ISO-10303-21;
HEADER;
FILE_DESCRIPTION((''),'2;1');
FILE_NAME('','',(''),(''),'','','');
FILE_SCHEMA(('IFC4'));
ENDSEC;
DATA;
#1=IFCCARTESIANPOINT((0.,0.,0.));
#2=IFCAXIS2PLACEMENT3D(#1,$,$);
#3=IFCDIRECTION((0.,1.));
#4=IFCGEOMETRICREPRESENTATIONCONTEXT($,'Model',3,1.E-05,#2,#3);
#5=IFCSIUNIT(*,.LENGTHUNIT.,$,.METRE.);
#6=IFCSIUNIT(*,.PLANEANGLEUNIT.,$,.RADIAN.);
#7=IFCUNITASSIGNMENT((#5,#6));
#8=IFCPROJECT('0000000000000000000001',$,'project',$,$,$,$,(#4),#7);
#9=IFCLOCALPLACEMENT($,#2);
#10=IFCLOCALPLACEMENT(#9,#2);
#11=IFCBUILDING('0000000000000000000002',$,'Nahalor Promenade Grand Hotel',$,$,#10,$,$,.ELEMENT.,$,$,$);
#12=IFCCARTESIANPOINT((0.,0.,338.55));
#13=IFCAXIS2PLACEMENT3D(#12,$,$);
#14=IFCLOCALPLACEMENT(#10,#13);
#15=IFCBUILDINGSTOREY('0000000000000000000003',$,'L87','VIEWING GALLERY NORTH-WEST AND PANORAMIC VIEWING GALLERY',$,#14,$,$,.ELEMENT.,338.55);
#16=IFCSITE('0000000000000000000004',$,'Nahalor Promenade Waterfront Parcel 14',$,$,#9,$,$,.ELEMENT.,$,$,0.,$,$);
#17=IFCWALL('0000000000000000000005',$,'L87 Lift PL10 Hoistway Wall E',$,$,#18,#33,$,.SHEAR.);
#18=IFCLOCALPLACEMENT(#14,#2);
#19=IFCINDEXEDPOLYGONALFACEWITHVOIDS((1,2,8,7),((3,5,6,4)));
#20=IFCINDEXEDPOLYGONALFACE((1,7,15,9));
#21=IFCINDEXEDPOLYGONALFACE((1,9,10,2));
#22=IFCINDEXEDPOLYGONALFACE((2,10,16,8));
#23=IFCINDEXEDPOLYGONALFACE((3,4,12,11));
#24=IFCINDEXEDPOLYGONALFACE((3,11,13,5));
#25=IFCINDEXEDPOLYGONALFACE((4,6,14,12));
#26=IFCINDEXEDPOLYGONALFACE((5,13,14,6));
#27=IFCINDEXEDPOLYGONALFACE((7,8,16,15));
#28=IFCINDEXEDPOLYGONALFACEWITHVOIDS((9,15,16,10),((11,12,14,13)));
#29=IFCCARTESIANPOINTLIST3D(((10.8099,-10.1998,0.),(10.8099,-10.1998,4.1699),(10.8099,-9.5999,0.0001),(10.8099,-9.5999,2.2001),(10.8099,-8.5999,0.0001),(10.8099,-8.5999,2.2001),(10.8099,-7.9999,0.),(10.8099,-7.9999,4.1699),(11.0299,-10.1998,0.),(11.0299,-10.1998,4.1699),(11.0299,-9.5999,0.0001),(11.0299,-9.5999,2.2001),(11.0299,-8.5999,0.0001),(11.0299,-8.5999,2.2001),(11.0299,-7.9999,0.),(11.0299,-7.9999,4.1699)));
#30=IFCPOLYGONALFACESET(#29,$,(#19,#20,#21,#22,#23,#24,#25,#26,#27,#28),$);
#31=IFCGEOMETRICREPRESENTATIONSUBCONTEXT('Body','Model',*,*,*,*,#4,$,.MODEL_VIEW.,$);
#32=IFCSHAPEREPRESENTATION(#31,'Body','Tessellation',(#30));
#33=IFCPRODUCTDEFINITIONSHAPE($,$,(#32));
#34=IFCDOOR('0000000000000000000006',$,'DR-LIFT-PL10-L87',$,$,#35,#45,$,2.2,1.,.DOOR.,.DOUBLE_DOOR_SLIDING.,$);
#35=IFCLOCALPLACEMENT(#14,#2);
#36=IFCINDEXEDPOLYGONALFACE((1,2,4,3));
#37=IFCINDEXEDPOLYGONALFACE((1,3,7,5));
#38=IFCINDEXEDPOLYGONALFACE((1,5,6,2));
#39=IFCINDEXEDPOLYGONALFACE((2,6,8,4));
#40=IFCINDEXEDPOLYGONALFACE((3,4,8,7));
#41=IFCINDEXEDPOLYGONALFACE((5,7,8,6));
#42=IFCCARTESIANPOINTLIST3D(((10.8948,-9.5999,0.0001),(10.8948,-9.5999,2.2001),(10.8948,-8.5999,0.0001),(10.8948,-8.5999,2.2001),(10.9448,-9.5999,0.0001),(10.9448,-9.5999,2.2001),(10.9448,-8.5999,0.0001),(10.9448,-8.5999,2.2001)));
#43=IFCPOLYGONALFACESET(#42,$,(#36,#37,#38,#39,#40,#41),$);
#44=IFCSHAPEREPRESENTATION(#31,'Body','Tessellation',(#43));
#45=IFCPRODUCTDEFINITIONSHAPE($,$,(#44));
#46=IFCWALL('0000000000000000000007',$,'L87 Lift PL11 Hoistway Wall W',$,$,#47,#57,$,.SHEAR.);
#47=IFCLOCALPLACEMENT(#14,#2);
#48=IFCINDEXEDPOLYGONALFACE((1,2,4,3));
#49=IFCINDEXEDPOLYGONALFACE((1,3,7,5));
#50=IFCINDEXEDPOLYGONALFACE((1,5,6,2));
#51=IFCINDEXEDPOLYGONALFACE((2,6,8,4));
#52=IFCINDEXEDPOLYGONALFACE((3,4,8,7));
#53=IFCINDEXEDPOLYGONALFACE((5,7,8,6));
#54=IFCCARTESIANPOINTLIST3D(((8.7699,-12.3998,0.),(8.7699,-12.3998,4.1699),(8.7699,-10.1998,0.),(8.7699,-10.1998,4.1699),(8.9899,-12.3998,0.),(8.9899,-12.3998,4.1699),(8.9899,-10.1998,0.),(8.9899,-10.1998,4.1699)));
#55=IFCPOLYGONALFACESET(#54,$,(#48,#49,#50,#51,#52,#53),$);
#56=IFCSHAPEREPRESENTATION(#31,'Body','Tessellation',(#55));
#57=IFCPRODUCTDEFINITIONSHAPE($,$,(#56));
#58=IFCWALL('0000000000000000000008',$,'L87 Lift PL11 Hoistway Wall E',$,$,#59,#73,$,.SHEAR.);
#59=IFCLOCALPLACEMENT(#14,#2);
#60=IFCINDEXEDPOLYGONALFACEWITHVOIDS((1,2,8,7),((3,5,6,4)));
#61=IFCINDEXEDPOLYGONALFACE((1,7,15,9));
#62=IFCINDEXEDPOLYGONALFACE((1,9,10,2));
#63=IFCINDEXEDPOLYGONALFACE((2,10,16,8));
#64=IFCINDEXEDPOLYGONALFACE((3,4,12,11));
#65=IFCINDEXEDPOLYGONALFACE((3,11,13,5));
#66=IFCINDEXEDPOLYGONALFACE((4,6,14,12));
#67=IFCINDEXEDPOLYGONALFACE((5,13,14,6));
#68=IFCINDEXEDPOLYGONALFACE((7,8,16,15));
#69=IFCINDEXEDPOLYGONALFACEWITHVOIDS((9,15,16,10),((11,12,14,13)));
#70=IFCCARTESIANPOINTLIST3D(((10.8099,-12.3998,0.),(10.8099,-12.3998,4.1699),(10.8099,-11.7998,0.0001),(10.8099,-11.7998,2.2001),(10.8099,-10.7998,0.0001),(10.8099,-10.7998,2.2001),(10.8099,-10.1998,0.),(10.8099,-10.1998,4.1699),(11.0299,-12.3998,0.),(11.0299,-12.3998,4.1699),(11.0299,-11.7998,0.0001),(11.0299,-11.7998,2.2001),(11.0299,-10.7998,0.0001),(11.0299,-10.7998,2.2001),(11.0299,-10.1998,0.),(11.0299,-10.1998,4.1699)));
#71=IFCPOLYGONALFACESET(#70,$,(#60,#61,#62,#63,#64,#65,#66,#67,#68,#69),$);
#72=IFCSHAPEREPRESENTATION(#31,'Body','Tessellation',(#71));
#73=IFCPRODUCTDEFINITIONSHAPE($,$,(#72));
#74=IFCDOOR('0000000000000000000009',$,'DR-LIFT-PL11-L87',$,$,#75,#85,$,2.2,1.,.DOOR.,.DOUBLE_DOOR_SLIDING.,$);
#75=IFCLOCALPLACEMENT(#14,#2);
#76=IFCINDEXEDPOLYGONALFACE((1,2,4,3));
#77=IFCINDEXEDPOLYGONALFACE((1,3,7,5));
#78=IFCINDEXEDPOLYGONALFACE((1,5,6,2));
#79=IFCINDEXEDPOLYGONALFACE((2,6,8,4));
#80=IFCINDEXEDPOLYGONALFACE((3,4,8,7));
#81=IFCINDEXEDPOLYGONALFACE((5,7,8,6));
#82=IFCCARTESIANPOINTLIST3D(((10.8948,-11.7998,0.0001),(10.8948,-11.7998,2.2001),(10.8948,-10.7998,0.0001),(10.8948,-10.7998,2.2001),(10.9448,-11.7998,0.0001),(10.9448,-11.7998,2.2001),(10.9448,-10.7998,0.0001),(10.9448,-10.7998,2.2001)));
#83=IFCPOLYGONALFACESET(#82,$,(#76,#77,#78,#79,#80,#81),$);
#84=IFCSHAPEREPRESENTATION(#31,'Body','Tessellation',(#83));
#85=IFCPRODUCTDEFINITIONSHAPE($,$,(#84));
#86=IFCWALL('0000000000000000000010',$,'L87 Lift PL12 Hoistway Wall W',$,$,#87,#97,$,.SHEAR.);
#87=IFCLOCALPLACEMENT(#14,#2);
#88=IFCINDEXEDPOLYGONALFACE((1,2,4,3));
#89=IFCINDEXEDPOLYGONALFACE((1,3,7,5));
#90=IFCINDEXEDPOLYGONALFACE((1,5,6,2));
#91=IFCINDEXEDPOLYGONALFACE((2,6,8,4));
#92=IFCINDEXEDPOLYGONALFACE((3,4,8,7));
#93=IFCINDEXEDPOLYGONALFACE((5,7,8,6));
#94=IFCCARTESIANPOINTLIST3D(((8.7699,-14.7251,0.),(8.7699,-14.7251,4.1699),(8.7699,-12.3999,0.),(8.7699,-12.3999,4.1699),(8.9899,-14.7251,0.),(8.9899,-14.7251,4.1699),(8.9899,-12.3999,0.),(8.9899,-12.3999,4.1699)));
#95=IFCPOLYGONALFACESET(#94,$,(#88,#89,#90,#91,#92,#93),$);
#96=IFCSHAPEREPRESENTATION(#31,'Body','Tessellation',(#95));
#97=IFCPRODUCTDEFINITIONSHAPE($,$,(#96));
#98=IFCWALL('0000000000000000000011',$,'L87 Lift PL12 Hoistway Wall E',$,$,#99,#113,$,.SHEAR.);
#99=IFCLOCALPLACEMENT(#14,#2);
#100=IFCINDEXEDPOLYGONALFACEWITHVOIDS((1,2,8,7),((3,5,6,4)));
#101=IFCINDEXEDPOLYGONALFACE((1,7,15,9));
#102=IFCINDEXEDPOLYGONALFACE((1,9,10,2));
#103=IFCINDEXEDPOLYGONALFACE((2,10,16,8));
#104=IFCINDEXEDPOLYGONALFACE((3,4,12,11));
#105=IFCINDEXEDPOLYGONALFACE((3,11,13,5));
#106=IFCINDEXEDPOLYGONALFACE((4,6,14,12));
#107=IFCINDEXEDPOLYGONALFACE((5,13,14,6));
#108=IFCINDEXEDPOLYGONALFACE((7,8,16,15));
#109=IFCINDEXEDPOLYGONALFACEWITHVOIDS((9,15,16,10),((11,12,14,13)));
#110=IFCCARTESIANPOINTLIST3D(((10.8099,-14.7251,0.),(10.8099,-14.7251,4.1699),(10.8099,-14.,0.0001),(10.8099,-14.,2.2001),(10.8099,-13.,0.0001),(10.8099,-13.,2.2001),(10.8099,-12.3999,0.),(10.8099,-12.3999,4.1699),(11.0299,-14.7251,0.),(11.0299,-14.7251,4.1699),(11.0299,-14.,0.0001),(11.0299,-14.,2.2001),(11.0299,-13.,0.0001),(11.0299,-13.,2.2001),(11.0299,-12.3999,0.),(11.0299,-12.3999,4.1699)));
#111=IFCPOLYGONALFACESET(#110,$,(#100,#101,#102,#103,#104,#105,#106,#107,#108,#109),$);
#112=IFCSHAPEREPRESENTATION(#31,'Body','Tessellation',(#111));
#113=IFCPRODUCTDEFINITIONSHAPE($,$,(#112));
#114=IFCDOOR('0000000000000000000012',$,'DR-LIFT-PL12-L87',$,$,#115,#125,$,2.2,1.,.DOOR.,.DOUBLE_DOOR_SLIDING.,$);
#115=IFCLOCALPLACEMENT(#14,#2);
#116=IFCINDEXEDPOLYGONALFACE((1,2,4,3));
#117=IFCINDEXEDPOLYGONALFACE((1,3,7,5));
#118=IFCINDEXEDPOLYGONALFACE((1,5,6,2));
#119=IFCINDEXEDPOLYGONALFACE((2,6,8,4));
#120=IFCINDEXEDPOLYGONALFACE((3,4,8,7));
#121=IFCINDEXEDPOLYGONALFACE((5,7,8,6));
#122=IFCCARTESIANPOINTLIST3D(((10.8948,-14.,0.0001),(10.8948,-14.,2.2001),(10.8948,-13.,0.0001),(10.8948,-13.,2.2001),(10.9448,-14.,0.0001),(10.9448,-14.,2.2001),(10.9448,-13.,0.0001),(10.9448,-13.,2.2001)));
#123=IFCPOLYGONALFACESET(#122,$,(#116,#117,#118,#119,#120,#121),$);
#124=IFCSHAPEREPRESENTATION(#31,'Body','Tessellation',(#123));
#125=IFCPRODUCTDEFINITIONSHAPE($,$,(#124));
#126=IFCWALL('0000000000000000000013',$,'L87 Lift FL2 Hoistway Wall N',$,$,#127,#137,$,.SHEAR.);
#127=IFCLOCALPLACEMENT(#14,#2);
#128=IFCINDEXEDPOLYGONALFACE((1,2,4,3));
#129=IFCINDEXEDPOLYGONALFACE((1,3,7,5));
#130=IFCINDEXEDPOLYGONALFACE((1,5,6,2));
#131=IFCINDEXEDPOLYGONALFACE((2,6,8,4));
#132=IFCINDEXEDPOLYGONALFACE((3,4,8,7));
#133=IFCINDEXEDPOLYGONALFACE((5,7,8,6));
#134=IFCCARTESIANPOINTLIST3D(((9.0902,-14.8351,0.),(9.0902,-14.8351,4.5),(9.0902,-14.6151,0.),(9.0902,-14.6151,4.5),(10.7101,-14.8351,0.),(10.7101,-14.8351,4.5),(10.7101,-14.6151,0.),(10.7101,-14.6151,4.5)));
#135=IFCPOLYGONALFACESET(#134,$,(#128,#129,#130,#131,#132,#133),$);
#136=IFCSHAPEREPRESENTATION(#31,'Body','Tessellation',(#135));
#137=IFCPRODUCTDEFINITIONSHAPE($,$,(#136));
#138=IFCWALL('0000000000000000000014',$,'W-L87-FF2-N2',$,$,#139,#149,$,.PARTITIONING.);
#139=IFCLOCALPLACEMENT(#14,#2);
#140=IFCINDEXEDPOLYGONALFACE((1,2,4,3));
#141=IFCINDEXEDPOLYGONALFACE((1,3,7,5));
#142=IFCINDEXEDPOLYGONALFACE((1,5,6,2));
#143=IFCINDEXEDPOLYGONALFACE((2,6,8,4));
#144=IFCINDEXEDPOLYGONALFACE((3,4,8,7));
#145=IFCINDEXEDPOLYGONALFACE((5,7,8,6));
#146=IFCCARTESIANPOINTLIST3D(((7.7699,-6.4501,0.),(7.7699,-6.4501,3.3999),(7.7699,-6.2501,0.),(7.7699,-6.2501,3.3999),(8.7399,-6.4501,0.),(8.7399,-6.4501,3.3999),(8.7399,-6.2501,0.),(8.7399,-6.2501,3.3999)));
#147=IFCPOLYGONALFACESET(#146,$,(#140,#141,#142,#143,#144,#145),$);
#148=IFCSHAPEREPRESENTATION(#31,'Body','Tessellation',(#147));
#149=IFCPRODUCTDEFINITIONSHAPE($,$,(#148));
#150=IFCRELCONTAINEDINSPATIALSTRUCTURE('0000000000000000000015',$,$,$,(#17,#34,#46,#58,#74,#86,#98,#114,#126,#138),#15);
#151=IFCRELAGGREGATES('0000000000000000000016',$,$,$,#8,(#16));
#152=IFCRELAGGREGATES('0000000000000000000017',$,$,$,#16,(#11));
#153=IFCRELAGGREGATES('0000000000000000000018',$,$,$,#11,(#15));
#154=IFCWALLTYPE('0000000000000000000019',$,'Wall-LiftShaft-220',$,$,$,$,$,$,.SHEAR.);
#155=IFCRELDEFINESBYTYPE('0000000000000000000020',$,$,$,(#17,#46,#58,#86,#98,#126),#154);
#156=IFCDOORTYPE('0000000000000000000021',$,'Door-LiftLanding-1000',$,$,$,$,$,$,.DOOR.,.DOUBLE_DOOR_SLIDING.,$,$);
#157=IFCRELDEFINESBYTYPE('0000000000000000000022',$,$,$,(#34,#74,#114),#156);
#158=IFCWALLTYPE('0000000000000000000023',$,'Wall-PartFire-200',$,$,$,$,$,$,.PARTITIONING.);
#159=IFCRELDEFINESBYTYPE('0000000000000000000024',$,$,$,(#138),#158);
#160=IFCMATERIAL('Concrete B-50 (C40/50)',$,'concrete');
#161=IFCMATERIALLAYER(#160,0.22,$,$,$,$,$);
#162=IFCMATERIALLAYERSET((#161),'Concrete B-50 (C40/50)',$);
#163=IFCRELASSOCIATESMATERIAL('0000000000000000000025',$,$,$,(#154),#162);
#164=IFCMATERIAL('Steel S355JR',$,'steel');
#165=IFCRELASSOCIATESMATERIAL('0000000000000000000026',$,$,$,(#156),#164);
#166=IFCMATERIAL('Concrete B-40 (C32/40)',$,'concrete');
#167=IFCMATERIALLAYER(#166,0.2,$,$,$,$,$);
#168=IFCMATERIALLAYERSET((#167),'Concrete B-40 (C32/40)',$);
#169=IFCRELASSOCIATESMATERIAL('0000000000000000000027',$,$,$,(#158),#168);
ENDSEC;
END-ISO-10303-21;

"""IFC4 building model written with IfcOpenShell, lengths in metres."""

from ifc_helpers import new_model, si_unit, direction, frame, frame_2d, origin, place, context, subcontext, project, spatial, rectangle, extrude, source, transform, mapped, material, layer, layer_set, type_object, element, fill, save


model = new_model("IFC4")

# Units and contexts
model_context = context("Model", 3, precision=1e-05, world=origin(), true_north=direction((0.0, 1.0)))
body_context = subcontext(model_context, "Body", "Model", "MODEL_VIEW")
ifc_project = project(units=[si_unit("LENGTHUNIT", "METRE"), si_unit("PLANEANGLEUNIT", "RADIAN")], contexts=[model_context])

# Site, building, storey
site_placement = place(None, origin())
site = spatial("IfcSite", under=ifc_project, at=site_placement, Name="Nahalor Promenade Waterfront Parcel 14", CompositionType="ELEMENT", RefElevation=0.0)
building_placement = place(site_placement, origin())
building = spatial("IfcBuilding", under=site, at=building_placement, Name="Nahalor Promenade Grand Hotel", CompositionType="ELEMENT")
storey_placement = place(building_placement, frame((0.0, 0.0, 338.55)))
storey = spatial("IfcBuildingStorey", under=building, at=storey_placement, Name="L87", Description="VIEWING GALLERY NORTH-WEST AND PANORAMIC VIEWING GALLERY", CompositionType="ELEMENT", Elevation=338.55)

# Shared definitions
ifc_material_1 = material(Name="Steel S355JR", Category="steel")

# Shared definitions
ifc_material_2 = material(Name="Concrete B-50 (C40/50)", Category="concrete")
ifc_layer_1 = layer(ifc_material_2, 0.22)
ifc_layer_set_1 = layer_set([ifc_layer_1], Name="Concrete B-50 (C40/50)")
wall_type_1 = type_object("IfcWallType", Name="Wall-LiftShaft-220", PredefinedType="SHEAR", material=ifc_layer_set_1)

# Shared definitions
door_type_1 = type_object("IfcDoorType", Name="Door-LiftLanding-1000", OperationType="DOUBLE_DOOR_SLIDING", PredefinedType="DOOR", material=ifc_material_1)
shared_shape_1 = source(origin(), body_context, "Body", "SweptSolid", [
    extrude(rectangle(XDim=1.0, YDim=2.2, at=frame_2d((0.5, 1.1001))), frame((0.0, 0.0249, 0.0), z_axis=(0.0, -1.0, 0.0), x_axis=(1.0, 0.0, 0.0)), (0.0, 0.0, 1.0), 0.05),
])

# Shared definitions
shared_shape_2 = source(origin(), body_context, "Body", "SweptSolid", [
    extrude(rectangle(XDim=2.2, YDim=0.22, at=frame_2d((1.1001, 0.0))), origin(), (0.0, 0.0, 1.0), 4.1699),
])

# Wall, opening, door
wall_1_placement = place(storey_placement, frame((10.9199, -10.2, 0.0), z_axis=(0.0, 0.0, 1.0), x_axis=(0.0, 1.0, 0.0)))
wall_1 = element("IfcWall", 1, at=wall_1_placement, inside=storey, type_object=wall_type_1, Name="L87 Lift PL10 Hoistway Wall E", PredefinedType="SHEAR", context=body_context, shape_type="MappedRepresentation", body=[
    mapped(shared_shape_2, transform((0.0, 0.0, 0.0), scale=1.0)),
])
opening_1_placement = place(wall_1_placement, frame((0.6001, 0.0, 0.0)))
opening_1 = element("IfcOpeningElement", 2, at=opening_1_placement, cuts=wall_1, PredefinedType="OPENING", context=body_context, shape_type="SweptSolid", body=[
    extrude(rectangle(XDim=1.0, YDim=2.2, at=frame_2d((0.5, 1.1001))), frame((0.0, 0.1199, 0.0), z_axis=(0.0, -1.0, 0.0), x_axis=(1.0, 0.0, 0.0)), (0.0, 0.0, 1.0), 0.24),
])
door_1_placement = place(opening_1_placement, frame((1.0, 0.0, 0.0), z_axis=(0.0, 0.0, 1.0), x_axis=(-1.0, 0.0, 0.0)))
door_1 = element("IfcDoor", 3, at=door_1_placement, inside=storey, type_object=door_type_1, Name="DR-LIFT-PL10-L87", OperationType="DOUBLE_DOOR_SLIDING", OverallHeight=2.2, OverallWidth=1.0, PredefinedType="DOOR", context=body_context, shape_type="MappedRepresentation", body=[
    mapped(shared_shape_1, transform((0.0, 0.0, 0.0), scale=1.0)),
])
fill(opening_1, door_1)

# Wall
wall_2_placement = place(storey_placement, frame((8.8799, -12.3999, 0.0), z_axis=(0.0, 0.0, 1.0), x_axis=(0.0, 1.0, 0.0)))
element("IfcWall", 4, at=wall_2_placement, inside=storey, type_object=wall_type_1, Name="L87 Lift PL11 Hoistway Wall W", PredefinedType="SHEAR", context=body_context, shape_type="MappedRepresentation", body=[
    mapped(shared_shape_2, transform((0.0, 0.0, 0.0), scale=1.0)),
])

# Wall, opening, door
wall_3_placement = place(storey_placement, frame((10.9199, -12.3999, 0.0), z_axis=(0.0, 0.0, 1.0), x_axis=(0.0, 1.0, 0.0)))
wall_3 = element("IfcWall", 5, at=wall_3_placement, inside=storey, type_object=wall_type_1, Name="L87 Lift PL11 Hoistway Wall E", PredefinedType="SHEAR", context=body_context, shape_type="MappedRepresentation", body=[
    mapped(shared_shape_2, transform((0.0, 0.0, 0.0), scale=1.0)),
])
opening_2_placement = place(wall_3_placement, frame((0.6001, 0.0, 0.0)))
opening_2 = element("IfcOpeningElement", 6, at=opening_2_placement, cuts=wall_3, PredefinedType="OPENING", context=body_context, shape_type="SweptSolid", body=[
    extrude(rectangle(XDim=1.0, YDim=2.2, at=frame_2d((0.5, 1.1001))), frame((0.0, 0.1199, 0.0), z_axis=(0.0, -1.0, 0.0), x_axis=(1.0, 0.0, 0.0)), (0.0, 0.0, 1.0), 0.24),
])
door_2_placement = place(opening_2_placement, frame((1.0, 0.0, 0.0), z_axis=(0.0, 0.0, 1.0), x_axis=(-1.0, 0.0, 0.0)))
door_2 = element("IfcDoor", 7, at=door_2_placement, inside=storey, type_object=door_type_1, Name="DR-LIFT-PL11-L87", OperationType="DOUBLE_DOOR_SLIDING", OverallHeight=2.2, OverallWidth=1.0, PredefinedType="DOOR", context=body_context, shape_type="MappedRepresentation", body=[
    mapped(shared_shape_1, transform((0.0, 0.0, 0.0), scale=1.0)),
])
fill(opening_2, door_2)

# Wall
shared_shape_3 = source(origin(), body_context, "Body", "SweptSolid", [
    extrude(rectangle(XDim=2.3252, YDim=0.22, at=frame_2d((1.1626, 0.0))), origin(), (0.0, 0.0, 1.0), 4.1699),
])
wall_4_placement = place(storey_placement, frame((8.8799, -14.7251, 0.0), z_axis=(0.0, 0.0, 1.0), x_axis=(0.0, 1.0, 0.0)))
element("IfcWall", 8, at=wall_4_placement, inside=storey, type_object=wall_type_1, Name="L87 Lift PL12 Hoistway Wall W", PredefinedType="SHEAR", context=body_context, shape_type="MappedRepresentation", body=[
    mapped(shared_shape_3, transform((0.0, 0.0, 0.0), scale=1.0)),
])

# Wall, opening, door
wall_5_placement = place(storey_placement, frame((10.9199, -14.7251, 0.0), z_axis=(0.0, 0.0, 1.0), x_axis=(0.0, 1.0, 0.0)))
wall_5 = element("IfcWall", 9, at=wall_5_placement, inside=storey, type_object=wall_type_1, Name="L87 Lift PL12 Hoistway Wall E", PredefinedType="SHEAR", context=body_context, shape_type="MappedRepresentation", body=[
    mapped(shared_shape_3, transform((0.0, 0.0, 0.0), scale=1.0)),
])
opening_3_placement = place(wall_5_placement, frame((0.7251, 0.0, 0.0)))
opening_3 = element("IfcOpeningElement", 10, at=opening_3_placement, cuts=wall_5, PredefinedType="OPENING", context=body_context, shape_type="SweptSolid", body=[
    extrude(rectangle(XDim=1.0, YDim=2.2, at=frame_2d((0.5, 1.1001))), frame((0.0, 0.1199, 0.0), z_axis=(0.0, -1.0, 0.0), x_axis=(1.0, 0.0, 0.0)), (0.0, 0.0, 1.0), 0.24),
])
door_3_placement = place(opening_3_placement, frame((1.0, 0.0, 0.0), z_axis=(0.0, 0.0, 1.0), x_axis=(-1.0, 0.0, 0.0)))
door_3 = element("IfcDoor", 11, at=door_3_placement, inside=storey, type_object=door_type_1, Name="DR-LIFT-PL12-L87", OperationType="DOUBLE_DOOR_SLIDING", OverallHeight=2.2, OverallWidth=1.0, PredefinedType="DOOR", context=body_context, shape_type="MappedRepresentation", body=[
    mapped(shared_shape_1, transform((0.0, 0.0, 0.0), scale=1.0)),
])
fill(opening_3, door_3)

# Wall
shared_shape_4 = source(origin(), body_context, "Body", "SweptSolid", [
    extrude(rectangle(XDim=1.6199, YDim=0.22, at=frame_2d((0.8101, 0.0))), origin(), (0.0, 0.0, 1.0), 4.5),
])
wall_6_placement = place(storey_placement, frame((9.0901, -14.7251, 0.0), z_axis=(0.0, 0.0, 1.0), x_axis=(1.0, 0.0, 0.0)))
element("IfcWall", 12, at=wall_6_placement, inside=storey, type_object=wall_type_1, Name="L87 Lift FL2 Hoistway Wall N", PredefinedType="SHEAR", context=body_context, shape_type="MappedRepresentation", body=[
    mapped(shared_shape_4, transform((0.0, 0.0, 0.0), scale=1.0)),
])

# Shared definitions
ifc_material_3 = material(Name="Concrete B-40 (C32/40)", Category="concrete")
ifc_layer_2 = layer(ifc_material_3, 0.2)
ifc_layer_set_2 = layer_set([ifc_layer_2], Name="Concrete B-40 (C32/40)")
wall_type_2 = type_object("IfcWallType", Name="Wall-PartFire-200", PredefinedType="PARTITIONING", material=ifc_layer_set_2)

# Wall
shared_shape_5 = source(origin(), body_context, "Body", "SweptSolid", [
    extrude(rectangle(XDim=0.97, YDim=0.2, at=frame_2d((0.4849, 0.0))), origin(), (0.0, 0.0, 1.0), 3.3999),
])
wall_7_placement = place(storey_placement, frame((7.77, -6.3501, 0.0), z_axis=(0.0, 0.0, 1.0), x_axis=(1.0, 0.0, 0.0)))
element("IfcWall", 13, at=wall_7_placement, inside=storey, type_object=wall_type_2, Name="W-L87-FF2-N2", PredefinedType="PARTITIONING", context=body_context, shape_type="MappedRepresentation", body=[
    mapped(shared_shape_5, transform((0.0, 0.0, 0.0), scale=1.0)),
])

save(model, "model.ifc")
